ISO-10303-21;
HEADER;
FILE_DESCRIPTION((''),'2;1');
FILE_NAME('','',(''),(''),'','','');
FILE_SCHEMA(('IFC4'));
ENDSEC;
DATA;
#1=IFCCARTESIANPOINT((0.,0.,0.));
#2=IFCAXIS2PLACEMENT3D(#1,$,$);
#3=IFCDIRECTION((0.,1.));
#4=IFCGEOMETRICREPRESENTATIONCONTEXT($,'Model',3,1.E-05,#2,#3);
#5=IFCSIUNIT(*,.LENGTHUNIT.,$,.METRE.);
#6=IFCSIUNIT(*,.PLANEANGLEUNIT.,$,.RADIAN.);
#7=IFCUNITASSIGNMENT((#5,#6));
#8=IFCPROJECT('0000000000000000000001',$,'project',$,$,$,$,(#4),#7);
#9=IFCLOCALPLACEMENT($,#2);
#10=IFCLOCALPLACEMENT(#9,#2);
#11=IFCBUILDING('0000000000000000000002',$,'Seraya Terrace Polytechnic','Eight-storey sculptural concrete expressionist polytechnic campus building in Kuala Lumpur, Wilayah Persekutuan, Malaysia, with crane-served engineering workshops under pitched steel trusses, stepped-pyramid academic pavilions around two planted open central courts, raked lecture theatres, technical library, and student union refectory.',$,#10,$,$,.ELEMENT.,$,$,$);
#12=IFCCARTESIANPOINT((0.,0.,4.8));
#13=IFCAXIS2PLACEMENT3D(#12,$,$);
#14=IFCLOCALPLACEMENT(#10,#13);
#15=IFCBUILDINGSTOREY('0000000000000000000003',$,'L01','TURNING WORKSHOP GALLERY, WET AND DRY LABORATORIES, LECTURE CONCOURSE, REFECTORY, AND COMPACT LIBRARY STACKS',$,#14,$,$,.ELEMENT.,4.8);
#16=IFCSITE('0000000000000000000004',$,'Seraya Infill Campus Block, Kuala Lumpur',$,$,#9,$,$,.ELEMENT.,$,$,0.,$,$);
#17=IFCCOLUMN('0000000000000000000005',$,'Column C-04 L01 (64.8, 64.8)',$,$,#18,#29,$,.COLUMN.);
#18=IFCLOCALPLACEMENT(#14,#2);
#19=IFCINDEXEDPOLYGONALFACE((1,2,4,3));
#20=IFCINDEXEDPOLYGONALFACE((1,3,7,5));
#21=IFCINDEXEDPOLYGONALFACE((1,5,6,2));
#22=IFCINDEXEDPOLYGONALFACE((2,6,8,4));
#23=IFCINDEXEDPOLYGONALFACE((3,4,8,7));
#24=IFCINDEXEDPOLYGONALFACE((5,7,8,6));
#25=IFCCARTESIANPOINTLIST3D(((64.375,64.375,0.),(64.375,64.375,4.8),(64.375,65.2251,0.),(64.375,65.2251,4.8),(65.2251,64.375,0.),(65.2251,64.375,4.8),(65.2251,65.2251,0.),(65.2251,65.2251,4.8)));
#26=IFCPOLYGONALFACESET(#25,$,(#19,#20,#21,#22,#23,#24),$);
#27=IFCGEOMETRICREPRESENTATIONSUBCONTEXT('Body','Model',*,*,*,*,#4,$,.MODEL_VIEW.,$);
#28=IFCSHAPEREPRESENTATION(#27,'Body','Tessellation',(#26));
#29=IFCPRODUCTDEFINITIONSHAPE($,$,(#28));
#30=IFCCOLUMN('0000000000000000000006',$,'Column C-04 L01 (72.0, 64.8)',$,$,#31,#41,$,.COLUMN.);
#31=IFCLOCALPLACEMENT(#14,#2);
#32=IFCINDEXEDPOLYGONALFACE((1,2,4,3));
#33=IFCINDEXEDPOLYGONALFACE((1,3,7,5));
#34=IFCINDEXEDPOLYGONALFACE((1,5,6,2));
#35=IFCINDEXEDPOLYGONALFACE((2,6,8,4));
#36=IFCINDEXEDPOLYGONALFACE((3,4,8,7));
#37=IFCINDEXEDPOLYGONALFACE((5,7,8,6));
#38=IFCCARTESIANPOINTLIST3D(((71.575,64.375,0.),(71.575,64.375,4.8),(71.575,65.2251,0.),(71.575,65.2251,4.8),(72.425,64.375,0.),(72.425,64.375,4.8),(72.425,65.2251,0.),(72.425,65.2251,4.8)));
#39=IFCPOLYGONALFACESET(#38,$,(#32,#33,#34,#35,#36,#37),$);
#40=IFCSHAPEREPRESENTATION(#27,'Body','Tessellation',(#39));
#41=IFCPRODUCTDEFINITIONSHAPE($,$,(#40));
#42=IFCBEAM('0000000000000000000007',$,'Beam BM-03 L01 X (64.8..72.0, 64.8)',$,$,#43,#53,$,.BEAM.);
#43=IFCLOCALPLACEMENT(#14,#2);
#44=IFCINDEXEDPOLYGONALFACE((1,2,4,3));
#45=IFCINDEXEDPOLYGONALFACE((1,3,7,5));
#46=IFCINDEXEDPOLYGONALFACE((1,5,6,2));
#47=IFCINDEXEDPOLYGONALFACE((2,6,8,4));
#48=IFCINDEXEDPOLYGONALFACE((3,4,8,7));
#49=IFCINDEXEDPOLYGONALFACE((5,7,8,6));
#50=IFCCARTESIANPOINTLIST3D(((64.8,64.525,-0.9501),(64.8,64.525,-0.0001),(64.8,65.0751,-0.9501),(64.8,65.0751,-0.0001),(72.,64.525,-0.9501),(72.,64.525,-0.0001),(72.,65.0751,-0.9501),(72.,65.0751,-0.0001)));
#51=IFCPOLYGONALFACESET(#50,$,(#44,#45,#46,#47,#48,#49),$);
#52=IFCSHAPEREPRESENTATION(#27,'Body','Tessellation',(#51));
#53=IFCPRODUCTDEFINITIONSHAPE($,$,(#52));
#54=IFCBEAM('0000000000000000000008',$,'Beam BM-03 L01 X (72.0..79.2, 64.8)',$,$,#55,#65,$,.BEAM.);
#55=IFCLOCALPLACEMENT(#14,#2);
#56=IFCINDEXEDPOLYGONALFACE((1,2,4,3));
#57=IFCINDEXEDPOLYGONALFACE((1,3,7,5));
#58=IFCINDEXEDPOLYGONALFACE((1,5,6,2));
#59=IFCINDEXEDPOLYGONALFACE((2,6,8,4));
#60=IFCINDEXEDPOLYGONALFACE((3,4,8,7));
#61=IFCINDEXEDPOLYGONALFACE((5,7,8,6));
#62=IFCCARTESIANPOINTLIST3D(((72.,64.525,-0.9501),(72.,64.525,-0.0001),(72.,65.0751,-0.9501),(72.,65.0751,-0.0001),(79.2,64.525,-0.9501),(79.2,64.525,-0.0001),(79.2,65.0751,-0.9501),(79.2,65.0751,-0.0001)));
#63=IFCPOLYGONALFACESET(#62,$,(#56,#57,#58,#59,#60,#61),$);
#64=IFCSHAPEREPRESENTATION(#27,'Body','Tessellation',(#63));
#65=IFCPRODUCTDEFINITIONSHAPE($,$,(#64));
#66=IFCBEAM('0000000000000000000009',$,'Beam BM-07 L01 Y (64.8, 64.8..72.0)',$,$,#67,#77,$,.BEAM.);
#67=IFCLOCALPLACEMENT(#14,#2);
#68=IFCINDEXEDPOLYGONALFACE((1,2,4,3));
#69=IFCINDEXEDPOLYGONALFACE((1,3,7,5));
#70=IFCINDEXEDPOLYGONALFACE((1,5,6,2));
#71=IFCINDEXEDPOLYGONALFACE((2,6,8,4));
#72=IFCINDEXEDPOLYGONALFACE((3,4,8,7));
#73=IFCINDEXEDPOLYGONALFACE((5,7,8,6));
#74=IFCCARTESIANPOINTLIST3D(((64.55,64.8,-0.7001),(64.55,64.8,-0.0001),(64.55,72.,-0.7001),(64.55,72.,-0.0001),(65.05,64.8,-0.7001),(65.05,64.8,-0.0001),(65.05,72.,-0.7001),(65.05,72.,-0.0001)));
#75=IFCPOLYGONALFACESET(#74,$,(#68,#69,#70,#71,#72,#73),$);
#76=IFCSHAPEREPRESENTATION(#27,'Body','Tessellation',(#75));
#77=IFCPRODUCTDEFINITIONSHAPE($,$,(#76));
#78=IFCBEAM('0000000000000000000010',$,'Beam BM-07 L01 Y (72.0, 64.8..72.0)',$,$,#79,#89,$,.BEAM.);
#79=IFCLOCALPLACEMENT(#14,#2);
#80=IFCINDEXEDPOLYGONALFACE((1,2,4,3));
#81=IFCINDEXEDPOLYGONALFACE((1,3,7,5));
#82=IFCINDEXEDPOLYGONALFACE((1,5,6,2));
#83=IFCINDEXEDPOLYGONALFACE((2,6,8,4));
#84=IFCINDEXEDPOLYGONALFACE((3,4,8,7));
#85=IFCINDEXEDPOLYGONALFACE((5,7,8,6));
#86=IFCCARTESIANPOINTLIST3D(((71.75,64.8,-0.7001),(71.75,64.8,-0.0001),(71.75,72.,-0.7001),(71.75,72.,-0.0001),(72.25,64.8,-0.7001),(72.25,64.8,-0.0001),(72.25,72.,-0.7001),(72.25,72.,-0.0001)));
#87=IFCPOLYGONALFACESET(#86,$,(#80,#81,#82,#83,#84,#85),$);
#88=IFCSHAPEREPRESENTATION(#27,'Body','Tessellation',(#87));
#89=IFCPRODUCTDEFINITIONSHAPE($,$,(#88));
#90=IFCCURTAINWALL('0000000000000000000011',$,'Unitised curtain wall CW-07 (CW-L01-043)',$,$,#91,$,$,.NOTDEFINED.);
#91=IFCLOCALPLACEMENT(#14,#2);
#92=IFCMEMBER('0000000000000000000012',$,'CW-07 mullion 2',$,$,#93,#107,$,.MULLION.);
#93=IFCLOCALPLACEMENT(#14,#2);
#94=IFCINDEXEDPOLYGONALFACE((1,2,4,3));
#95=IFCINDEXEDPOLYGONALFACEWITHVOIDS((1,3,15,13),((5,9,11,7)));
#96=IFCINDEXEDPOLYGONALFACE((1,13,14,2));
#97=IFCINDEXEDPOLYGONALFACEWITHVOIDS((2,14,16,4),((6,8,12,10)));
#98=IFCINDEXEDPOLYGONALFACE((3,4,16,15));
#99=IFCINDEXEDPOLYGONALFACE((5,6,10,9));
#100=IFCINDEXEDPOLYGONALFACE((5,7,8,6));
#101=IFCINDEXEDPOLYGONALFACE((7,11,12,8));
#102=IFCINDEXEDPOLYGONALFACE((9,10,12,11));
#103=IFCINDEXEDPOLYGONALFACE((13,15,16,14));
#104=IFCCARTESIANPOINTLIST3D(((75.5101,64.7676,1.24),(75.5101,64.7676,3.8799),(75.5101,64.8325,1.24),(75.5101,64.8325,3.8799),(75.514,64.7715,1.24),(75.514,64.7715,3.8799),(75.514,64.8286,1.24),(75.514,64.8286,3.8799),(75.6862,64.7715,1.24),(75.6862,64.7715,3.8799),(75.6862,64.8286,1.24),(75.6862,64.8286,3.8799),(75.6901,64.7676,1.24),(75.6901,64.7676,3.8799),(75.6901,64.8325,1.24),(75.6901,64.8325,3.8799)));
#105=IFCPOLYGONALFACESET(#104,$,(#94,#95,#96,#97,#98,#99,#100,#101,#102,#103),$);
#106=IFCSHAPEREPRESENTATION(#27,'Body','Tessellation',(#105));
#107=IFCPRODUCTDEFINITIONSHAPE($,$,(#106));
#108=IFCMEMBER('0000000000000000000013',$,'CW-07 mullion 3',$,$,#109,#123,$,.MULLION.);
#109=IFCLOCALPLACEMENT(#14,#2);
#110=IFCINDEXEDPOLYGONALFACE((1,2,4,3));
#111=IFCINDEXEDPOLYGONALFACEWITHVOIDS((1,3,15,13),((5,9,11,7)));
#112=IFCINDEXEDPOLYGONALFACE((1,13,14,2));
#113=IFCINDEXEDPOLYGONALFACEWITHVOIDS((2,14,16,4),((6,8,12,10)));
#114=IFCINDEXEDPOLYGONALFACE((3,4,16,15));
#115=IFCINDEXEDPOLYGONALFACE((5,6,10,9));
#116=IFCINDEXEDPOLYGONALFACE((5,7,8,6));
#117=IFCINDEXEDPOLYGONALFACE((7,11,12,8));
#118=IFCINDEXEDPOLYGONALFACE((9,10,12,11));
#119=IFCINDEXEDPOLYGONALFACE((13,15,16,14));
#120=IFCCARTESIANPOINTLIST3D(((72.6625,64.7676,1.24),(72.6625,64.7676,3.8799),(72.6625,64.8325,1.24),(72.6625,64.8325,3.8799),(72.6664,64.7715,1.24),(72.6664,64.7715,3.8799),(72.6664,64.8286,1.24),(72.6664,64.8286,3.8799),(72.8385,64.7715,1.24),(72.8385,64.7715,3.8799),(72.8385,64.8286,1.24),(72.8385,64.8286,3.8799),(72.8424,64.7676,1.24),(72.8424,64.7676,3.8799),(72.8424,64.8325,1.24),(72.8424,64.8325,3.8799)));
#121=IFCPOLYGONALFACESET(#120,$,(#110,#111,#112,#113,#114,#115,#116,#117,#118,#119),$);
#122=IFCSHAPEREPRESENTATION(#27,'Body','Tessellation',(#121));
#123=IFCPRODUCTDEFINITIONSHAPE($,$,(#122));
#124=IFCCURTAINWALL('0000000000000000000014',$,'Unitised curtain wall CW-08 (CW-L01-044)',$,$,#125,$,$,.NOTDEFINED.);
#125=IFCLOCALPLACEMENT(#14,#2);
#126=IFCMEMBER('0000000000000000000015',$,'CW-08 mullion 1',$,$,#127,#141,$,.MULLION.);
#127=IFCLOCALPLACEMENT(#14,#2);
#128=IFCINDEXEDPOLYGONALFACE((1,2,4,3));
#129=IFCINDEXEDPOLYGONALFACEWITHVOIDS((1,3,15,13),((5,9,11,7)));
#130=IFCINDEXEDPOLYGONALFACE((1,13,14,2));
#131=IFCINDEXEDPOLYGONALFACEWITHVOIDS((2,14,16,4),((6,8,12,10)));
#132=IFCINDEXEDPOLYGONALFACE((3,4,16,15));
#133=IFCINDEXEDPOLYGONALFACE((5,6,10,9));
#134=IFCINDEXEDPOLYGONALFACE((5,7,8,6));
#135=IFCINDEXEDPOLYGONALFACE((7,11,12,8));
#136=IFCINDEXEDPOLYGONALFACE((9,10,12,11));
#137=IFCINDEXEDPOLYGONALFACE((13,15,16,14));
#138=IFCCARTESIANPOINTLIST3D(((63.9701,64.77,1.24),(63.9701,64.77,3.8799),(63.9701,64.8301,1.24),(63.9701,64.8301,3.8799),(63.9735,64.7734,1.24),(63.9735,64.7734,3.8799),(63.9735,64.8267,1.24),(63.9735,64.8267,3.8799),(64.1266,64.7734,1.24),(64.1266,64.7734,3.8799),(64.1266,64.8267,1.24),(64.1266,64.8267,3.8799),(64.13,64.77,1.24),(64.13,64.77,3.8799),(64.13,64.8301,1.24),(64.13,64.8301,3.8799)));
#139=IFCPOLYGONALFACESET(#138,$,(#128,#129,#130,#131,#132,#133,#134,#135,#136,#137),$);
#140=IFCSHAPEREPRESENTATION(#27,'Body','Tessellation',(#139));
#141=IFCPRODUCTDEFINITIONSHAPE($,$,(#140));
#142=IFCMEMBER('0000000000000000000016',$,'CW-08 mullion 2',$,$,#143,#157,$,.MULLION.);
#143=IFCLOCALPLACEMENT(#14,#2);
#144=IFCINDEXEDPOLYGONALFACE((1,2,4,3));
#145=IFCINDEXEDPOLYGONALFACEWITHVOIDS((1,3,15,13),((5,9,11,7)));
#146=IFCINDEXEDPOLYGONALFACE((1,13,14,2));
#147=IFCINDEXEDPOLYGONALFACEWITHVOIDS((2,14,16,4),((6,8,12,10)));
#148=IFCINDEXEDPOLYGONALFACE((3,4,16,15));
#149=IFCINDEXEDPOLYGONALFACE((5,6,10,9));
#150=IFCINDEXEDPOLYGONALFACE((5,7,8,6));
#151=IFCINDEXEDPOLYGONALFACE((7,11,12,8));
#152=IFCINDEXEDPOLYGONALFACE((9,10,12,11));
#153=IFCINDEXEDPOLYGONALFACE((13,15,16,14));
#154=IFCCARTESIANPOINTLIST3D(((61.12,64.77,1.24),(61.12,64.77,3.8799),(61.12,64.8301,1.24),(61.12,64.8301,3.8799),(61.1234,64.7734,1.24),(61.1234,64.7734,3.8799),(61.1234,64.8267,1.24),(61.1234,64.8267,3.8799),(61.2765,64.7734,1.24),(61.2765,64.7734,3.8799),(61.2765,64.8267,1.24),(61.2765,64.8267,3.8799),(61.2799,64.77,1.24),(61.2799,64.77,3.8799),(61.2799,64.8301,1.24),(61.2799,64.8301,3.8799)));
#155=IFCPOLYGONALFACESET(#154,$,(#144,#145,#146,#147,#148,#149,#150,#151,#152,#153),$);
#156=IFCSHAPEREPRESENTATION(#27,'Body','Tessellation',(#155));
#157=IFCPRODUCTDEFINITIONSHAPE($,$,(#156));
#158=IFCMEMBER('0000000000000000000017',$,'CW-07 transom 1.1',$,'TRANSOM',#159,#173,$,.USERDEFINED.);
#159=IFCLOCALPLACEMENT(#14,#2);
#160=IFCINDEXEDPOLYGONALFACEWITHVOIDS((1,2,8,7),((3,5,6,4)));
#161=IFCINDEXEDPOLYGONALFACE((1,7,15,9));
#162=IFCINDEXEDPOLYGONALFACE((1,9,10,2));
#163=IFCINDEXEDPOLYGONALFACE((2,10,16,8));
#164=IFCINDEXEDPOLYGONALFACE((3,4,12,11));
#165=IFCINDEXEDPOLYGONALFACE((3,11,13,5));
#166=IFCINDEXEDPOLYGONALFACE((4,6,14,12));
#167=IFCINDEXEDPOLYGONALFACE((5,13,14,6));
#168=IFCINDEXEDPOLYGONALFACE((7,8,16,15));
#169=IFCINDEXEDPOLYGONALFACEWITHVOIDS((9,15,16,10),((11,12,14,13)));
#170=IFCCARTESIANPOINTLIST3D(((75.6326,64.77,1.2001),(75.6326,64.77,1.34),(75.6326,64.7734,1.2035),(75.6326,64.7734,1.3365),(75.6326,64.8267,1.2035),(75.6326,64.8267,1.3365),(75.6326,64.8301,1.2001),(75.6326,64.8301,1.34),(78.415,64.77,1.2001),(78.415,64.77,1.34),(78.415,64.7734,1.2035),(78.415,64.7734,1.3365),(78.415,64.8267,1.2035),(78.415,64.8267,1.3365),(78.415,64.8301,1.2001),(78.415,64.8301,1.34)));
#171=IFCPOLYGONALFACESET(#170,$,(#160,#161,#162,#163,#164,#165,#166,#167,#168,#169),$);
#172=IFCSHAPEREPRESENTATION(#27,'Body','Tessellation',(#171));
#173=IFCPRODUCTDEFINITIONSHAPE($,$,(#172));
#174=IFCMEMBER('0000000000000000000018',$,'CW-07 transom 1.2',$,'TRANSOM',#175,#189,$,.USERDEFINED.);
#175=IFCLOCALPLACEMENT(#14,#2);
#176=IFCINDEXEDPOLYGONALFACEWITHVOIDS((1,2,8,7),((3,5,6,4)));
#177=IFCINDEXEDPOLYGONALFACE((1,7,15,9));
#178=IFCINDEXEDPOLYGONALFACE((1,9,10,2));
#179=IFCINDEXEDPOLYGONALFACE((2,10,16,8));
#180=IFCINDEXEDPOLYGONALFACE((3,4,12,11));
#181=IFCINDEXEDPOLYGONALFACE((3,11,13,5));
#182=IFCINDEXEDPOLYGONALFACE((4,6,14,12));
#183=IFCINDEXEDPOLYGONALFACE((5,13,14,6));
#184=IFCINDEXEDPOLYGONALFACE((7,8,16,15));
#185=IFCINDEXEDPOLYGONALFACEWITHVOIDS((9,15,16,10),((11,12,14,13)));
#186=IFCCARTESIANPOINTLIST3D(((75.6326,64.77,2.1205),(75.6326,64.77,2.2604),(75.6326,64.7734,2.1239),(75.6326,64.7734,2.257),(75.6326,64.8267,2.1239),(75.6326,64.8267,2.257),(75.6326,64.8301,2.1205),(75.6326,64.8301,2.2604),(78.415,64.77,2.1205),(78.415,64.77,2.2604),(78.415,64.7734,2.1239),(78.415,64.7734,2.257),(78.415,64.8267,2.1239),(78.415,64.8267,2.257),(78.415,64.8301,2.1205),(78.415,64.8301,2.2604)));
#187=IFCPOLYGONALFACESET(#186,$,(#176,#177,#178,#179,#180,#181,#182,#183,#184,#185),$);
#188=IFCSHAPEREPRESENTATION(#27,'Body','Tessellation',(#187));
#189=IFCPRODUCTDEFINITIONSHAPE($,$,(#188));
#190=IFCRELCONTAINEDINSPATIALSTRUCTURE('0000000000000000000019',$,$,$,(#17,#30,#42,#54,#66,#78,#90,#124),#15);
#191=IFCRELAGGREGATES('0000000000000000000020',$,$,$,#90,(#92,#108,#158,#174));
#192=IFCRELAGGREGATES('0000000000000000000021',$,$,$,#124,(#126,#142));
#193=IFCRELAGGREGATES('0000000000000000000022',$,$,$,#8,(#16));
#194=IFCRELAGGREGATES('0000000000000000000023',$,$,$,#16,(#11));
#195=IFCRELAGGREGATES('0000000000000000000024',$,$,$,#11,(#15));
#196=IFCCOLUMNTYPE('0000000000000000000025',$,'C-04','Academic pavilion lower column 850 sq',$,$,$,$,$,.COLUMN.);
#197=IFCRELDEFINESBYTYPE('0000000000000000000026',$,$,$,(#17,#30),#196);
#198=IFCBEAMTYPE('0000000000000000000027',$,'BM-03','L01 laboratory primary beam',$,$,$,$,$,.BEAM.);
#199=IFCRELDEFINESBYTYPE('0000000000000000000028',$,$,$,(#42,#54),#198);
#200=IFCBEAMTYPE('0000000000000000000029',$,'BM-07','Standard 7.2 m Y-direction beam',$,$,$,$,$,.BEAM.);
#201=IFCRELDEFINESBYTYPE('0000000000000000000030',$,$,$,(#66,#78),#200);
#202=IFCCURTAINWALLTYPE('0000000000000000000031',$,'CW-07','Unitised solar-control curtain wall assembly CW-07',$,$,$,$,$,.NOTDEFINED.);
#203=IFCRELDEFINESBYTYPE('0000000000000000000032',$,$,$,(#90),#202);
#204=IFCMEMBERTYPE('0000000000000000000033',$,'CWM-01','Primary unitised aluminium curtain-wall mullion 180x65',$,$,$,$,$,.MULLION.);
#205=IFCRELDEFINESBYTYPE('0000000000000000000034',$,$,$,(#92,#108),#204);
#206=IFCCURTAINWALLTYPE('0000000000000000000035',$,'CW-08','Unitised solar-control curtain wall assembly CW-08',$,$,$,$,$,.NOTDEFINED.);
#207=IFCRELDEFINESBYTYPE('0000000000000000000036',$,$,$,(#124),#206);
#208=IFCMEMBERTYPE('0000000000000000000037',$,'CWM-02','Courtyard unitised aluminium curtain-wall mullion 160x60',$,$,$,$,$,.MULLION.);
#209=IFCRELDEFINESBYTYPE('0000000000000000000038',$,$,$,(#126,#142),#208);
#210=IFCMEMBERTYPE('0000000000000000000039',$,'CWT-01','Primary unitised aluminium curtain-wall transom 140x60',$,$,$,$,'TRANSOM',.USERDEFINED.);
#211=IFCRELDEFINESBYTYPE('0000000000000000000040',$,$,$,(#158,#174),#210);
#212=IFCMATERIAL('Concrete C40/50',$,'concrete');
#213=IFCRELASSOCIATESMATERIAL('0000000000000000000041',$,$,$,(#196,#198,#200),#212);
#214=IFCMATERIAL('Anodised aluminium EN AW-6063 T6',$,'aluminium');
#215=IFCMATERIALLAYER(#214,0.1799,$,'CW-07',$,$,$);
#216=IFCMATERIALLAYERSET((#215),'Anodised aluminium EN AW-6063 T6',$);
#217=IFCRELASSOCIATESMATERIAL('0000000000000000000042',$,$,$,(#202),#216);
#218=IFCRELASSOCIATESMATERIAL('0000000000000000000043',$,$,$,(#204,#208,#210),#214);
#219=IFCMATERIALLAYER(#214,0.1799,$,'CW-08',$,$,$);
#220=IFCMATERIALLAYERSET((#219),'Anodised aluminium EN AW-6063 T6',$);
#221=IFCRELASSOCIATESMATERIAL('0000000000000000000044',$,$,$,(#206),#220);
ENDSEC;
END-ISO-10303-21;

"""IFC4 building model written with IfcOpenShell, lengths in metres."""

from ifc_helpers import new_model, si_unit, direction, frame, origin, origin_2d, place, context, subcontext, project, spatial, rectangle, hollow_rectangle, extrude, material, layer, layer_set, material_profile, profile_set, type_object, element, aggregate, save


model = new_model("IFC4")

# Units and contexts
model_context = context("Model", 3, precision=1e-05, world=origin(), true_north=direction((0.0, 1.0)))
body_context = subcontext(model_context, "Body", "Model", "MODEL_VIEW")
ifc_project = project(units=[si_unit("LENGTHUNIT", "METRE"), si_unit("PLANEANGLEUNIT", "RADIAN")], contexts=[model_context])

# Site, building, storey
site_placement = place(None, origin())
site = spatial("IfcSite", under=ifc_project, at=site_placement, Name="Seraya Infill Campus Block, Kuala Lumpur", CompositionType="ELEMENT", RefElevation=0.0)
building_placement = place(site_placement, origin())
building = spatial("IfcBuilding", under=site, at=building_placement, Name="Seraya Terrace Polytechnic", Description="Eight-storey sculptural concrete expressionist polytechnic campus building in Kuala Lumpur, Wilayah Persekutuan, Malaysia, with crane-served engineering workshops under pitched steel trusses, stepped-pyramid academic pavilions around two planted open central courts, raked lecture theatres, technical library, and student union refectory.", CompositionType="ELEMENT")
storey_placement = place(building_placement, frame((0.0, 0.0, 4.8)))
storey = spatial("IfcBuildingStorey", under=building, at=storey_placement, Name="L01", Description="TURNING WORKSHOP GALLERY, WET AND DRY LABORATORIES, LECTURE CONCOURSE, REFECTORY, AND COMPACT LIBRARY STACKS", CompositionType="ELEMENT", Elevation=4.8)

# Columns
ifc_material_1 = material(Name="Concrete C40/50", Category="concrete")
ifc_material_profile_1 = material_profile(ifc_material_1, rectangle(XDim=0.8501, YDim=0.8501, at=origin_2d()), Name="RC 850x850")
ifc_profile_set_1 = profile_set([ifc_material_profile_1], Name="Concrete C40/50")
column_type = type_object("IfcColumnType", Name="C-04", Description="Academic pavilion lower column 850 sq", PredefinedType="COLUMN", material=ifc_profile_set_1)
for number, where, z_axis, x_axis, name in (
    (1, (64.8, 64.8, 0.0), (0.0, 0.0, 1.0), (1.0, 0.0, 0.0), "Column C-04 L01 (64.8, 64.8)"),
    (2, (72.0, 64.8, 0.0), (0.0, 0.0, 1.0), (1.0, 0.0, 0.0), "Column C-04 L01 (72.0, 64.8)"),
):
    element("IfcColumn", number, at=place(storey_placement, frame(where, z_axis=z_axis, x_axis=x_axis)), inside=storey, type_object=column_type, Name=name, PredefinedType="COLUMN", context=body_context, shape_type="SweptSolid", body=[
        extrude(rectangle(XDim=0.8501, YDim=0.8501, at=origin_2d()), origin(), (0.0, 0.0, 1.0), 4.8),
    ])

# Beams
ifc_material_profile_2 = material_profile(ifc_material_1, rectangle(XDim=0.55, YDim=0.95, at=origin_2d()), Name="RC 550x950")
ifc_profile_set_2 = profile_set([ifc_material_profile_2], Name="Concrete C40/50")
beam_type_1 = type_object("IfcBeamType", Name="BM-03", Description="L01 laboratory primary beam", PredefinedType="BEAM", material=ifc_profile_set_2)
for number, where, z_axis, x_axis, name in (
    (3, (64.8, 64.8, -0.4751), (1.0, 0.0, 0.0), (0.0, 1.0, 0.0), "Beam BM-03 L01 X (64.8..72.0, 64.8)"),
    (4, (72.0, 64.8, -0.4751), (1.0, 0.0, 0.0), (0.0, 1.0, 0.0), "Beam BM-03 L01 X (72.0..79.2, 64.8)"),
):
    element("IfcBeam", number, at=place(storey_placement, frame(where, z_axis=z_axis, x_axis=x_axis)), inside=storey, type_object=beam_type_1, Name=name, PredefinedType="BEAM", context=body_context, shape_type="SweptSolid", body=[
        extrude(rectangle(XDim=0.55, YDim=0.95, at=origin_2d()), origin(), (0.0, 0.0, 1.0), 7.2),
    ])
ifc_material_profile_3 = material_profile(ifc_material_1, rectangle(XDim=0.5, YDim=0.7, at=origin_2d()), Name="RC 500x700")
ifc_profile_set_3 = profile_set([ifc_material_profile_3], Name="Concrete C40/50")
beam_type_2 = type_object("IfcBeamType", Name="BM-07", Description="Standard 7.2 m Y-direction beam", PredefinedType="BEAM", material=ifc_profile_set_3)
for number, where, z_axis, x_axis, name in (
    (5, (64.8, 64.8, -0.3501), (0.0, 1.0, 0.0), (-1.0, 0.0, 0.0), "Beam BM-07 L01 Y (64.8, 64.8..72.0)"),
    (6, (72.0, 64.8, -0.3501), (0.0, 1.0, 0.0), (-1.0, 0.0, 0.0), "Beam BM-07 L01 Y (72.0, 64.8..72.0)"),
):
    element("IfcBeam", number, at=place(storey_placement, frame(where, z_axis=z_axis, x_axis=x_axis)), inside=storey, type_object=beam_type_2, Name=name, PredefinedType="BEAM", context=body_context, shape_type="SweptSolid", body=[
        extrude(rectangle(XDim=0.5, YDim=0.7, at=origin_2d()), origin(), (0.0, 0.0, 1.0), 7.2),
    ])

# Curtain walls, members
ifc_material_2 = material(Name="Anodised aluminium EN AW-6063 T6", Category="aluminium")
ifc_layer_1 = layer(ifc_material_2, 0.1799, Name="CW-07")
ifc_layer_set_1 = layer_set([ifc_layer_1], Name="Anodised aluminium EN AW-6063 T6")
curtain_wall_type_1 = type_object("IfcCurtainWallType", Name="CW-07", Description="Unitised solar-control curtain wall assembly CW-07", PredefinedType="NOTDEFINED", material=ifc_layer_set_1)
curtain_wall_1_placement = place(storey_placement, origin())
curtain_wall_1 = element("IfcCurtainWall", 7, at=curtain_wall_1_placement, inside=storey, type_object=curtain_wall_type_1, Name="Unitised curtain wall CW-07 (CW-L01-043)", PredefinedType="NOTDEFINED")
ifc_material_profile_4 = material_profile(ifc_material_2, hollow_rectangle(XDim=0.0649, YDim=0.1799, WallThickness=0.0039, at=origin_2d()), Name="RHS 180x65x4.0")
ifc_profile_set_4 = profile_set([ifc_material_profile_4], Name="Anodised aluminium EN AW-6063 T6")
member_type_1 = type_object("IfcMemberType", Name="CWM-01", Description="Primary unitised aluminium curtain-wall mullion 180x65", PredefinedType="MULLION", material=ifc_profile_set_4)
member_1_placement = place(storey_placement, frame((75.6001, 64.8, 1.24), z_axis=(0.0, 0.0, 1.0), x_axis=(0.0, -1.0, 0.0)))
member_1 = element("IfcMember", 8, at=member_1_placement, type_object=member_type_1, Name="CW-07 mullion 2", PredefinedType="MULLION", context=body_context, shape_type="SweptSolid", body=[
    extrude(hollow_rectangle(XDim=0.0649, YDim=0.1799, WallThickness=0.0039, at=origin_2d()), origin(), (0.0, 0.0, 1.0), 2.6399),
])
member_2_placement = place(storey_placement, frame((72.7524, 64.8, 1.24), z_axis=(0.0, 0.0, 1.0), x_axis=(0.0, -1.0, 0.0)))
member_2 = element("IfcMember", 9, at=member_2_placement, type_object=member_type_1, Name="CW-07 mullion 3", PredefinedType="MULLION", context=body_context, shape_type="SweptSolid", body=[
    extrude(hollow_rectangle(XDim=0.0649, YDim=0.1799, WallThickness=0.0039, at=origin_2d()), origin(), (0.0, 0.0, 1.0), 2.6399),
])
ifc_layer_2 = layer(ifc_material_2, 0.1799, Name="CW-08")
ifc_layer_set_2 = layer_set([ifc_layer_2], Name="Anodised aluminium EN AW-6063 T6")
curtain_wall_type_2 = type_object("IfcCurtainWallType", Name="CW-08", Description="Unitised solar-control curtain wall assembly CW-08", PredefinedType="NOTDEFINED", material=ifc_layer_set_2)
curtain_wall_2_placement = place(storey_placement, origin())
curtain_wall_2 = element("IfcCurtainWall", 10, at=curtain_wall_2_placement, inside=storey, type_object=curtain_wall_type_2, Name="Unitised curtain wall CW-08 (CW-L01-044)", PredefinedType="NOTDEFINED")
ifc_material_profile_5 = material_profile(ifc_material_2, hollow_rectangle(XDim=0.0601, YDim=0.1599, WallThickness=0.0034, at=origin_2d()), Name="RHS 160x60x3.5")
ifc_profile_set_5 = profile_set([ifc_material_profile_5], Name="Anodised aluminium EN AW-6063 T6")
member_type_2 = type_object("IfcMemberType", Name="CWM-02", Description="Courtyard unitised aluminium curtain-wall mullion 160x60", PredefinedType="MULLION", material=ifc_profile_set_5)
member_3_placement = place(storey_placement, frame((64.05, 64.8, 1.24), z_axis=(0.0, 0.0, 1.0), x_axis=(0.0, -1.0, 0.0)))
member_3 = element("IfcMember", 11, at=member_3_placement, type_object=member_type_2, Name="CW-08 mullion 1", PredefinedType="MULLION", context=body_context, shape_type="SweptSolid", body=[
    extrude(hollow_rectangle(XDim=0.0601, YDim=0.1599, WallThickness=0.0034, at=origin_2d()), origin(), (0.0, 0.0, 1.0), 2.6399),
])
member_4_placement = place(storey_placement, frame((61.2, 64.8, 1.24), z_axis=(0.0, 0.0, 1.0), x_axis=(0.0, -1.0, 0.0)))
member_4 = element("IfcMember", 12, at=member_4_placement, type_object=member_type_2, Name="CW-08 mullion 2", PredefinedType="MULLION", context=body_context, shape_type="SweptSolid", body=[
    extrude(hollow_rectangle(XDim=0.0601, YDim=0.1599, WallThickness=0.0034, at=origin_2d()), origin(), (0.0, 0.0, 1.0), 2.6399),
])

# Members
ifc_material_profile_6 = material_profile(ifc_material_2, hollow_rectangle(XDim=0.0601, YDim=0.1399, WallThickness=0.0034, at=origin_2d()), Name="RHS 140x60x3.5")
ifc_profile_set_6 = profile_set([ifc_material_profile_6], Name="Anodised aluminium EN AW-6063 T6")
member_type_3 = type_object("IfcMemberType", Name="CWT-01", Description="Primary unitised aluminium curtain-wall transom 140x60", ElementType="TRANSOM", PredefinedType="USERDEFINED", material=ifc_profile_set_6)
member_5_placement = place(storey_placement, frame((78.415, 64.8, 1.27), z_axis=(-1.0, 0.0, 0.0), x_axis=(0.0, -1.0, 0.0)))
member_5 = element("IfcMember", 13, at=member_5_placement, type_object=member_type_3, Name="CW-07 transom 1.1", ObjectType="TRANSOM", PredefinedType="USERDEFINED", context=body_context, shape_type="SweptSolid", body=[
    extrude(hollow_rectangle(XDim=0.0601, YDim=0.1399, WallThickness=0.0034, at=origin_2d()), origin(), (0.0, 0.0, 1.0), 2.7825),
])
member_6_placement = place(storey_placement, frame((78.415, 64.8, 2.1904), z_axis=(-1.0, 0.0, 0.0), x_axis=(0.0, -1.0, 0.0)))
member_6 = element("IfcMember", 14, at=member_6_placement, type_object=member_type_3, Name="CW-07 transom 1.2", ObjectType="TRANSOM", PredefinedType="USERDEFINED", context=body_context, shape_type="SweptSolid", body=[
    extrude(hollow_rectangle(XDim=0.0601, YDim=0.1399, WallThickness=0.0034, at=origin_2d()), origin(), (0.0, 0.0, 1.0), 2.7825),
])

aggregate(curtain_wall_1, [member_1, member_2, member_5, member_6])
aggregate(curtain_wall_2, [member_3, member_4])

save(model, "model.ifc")
